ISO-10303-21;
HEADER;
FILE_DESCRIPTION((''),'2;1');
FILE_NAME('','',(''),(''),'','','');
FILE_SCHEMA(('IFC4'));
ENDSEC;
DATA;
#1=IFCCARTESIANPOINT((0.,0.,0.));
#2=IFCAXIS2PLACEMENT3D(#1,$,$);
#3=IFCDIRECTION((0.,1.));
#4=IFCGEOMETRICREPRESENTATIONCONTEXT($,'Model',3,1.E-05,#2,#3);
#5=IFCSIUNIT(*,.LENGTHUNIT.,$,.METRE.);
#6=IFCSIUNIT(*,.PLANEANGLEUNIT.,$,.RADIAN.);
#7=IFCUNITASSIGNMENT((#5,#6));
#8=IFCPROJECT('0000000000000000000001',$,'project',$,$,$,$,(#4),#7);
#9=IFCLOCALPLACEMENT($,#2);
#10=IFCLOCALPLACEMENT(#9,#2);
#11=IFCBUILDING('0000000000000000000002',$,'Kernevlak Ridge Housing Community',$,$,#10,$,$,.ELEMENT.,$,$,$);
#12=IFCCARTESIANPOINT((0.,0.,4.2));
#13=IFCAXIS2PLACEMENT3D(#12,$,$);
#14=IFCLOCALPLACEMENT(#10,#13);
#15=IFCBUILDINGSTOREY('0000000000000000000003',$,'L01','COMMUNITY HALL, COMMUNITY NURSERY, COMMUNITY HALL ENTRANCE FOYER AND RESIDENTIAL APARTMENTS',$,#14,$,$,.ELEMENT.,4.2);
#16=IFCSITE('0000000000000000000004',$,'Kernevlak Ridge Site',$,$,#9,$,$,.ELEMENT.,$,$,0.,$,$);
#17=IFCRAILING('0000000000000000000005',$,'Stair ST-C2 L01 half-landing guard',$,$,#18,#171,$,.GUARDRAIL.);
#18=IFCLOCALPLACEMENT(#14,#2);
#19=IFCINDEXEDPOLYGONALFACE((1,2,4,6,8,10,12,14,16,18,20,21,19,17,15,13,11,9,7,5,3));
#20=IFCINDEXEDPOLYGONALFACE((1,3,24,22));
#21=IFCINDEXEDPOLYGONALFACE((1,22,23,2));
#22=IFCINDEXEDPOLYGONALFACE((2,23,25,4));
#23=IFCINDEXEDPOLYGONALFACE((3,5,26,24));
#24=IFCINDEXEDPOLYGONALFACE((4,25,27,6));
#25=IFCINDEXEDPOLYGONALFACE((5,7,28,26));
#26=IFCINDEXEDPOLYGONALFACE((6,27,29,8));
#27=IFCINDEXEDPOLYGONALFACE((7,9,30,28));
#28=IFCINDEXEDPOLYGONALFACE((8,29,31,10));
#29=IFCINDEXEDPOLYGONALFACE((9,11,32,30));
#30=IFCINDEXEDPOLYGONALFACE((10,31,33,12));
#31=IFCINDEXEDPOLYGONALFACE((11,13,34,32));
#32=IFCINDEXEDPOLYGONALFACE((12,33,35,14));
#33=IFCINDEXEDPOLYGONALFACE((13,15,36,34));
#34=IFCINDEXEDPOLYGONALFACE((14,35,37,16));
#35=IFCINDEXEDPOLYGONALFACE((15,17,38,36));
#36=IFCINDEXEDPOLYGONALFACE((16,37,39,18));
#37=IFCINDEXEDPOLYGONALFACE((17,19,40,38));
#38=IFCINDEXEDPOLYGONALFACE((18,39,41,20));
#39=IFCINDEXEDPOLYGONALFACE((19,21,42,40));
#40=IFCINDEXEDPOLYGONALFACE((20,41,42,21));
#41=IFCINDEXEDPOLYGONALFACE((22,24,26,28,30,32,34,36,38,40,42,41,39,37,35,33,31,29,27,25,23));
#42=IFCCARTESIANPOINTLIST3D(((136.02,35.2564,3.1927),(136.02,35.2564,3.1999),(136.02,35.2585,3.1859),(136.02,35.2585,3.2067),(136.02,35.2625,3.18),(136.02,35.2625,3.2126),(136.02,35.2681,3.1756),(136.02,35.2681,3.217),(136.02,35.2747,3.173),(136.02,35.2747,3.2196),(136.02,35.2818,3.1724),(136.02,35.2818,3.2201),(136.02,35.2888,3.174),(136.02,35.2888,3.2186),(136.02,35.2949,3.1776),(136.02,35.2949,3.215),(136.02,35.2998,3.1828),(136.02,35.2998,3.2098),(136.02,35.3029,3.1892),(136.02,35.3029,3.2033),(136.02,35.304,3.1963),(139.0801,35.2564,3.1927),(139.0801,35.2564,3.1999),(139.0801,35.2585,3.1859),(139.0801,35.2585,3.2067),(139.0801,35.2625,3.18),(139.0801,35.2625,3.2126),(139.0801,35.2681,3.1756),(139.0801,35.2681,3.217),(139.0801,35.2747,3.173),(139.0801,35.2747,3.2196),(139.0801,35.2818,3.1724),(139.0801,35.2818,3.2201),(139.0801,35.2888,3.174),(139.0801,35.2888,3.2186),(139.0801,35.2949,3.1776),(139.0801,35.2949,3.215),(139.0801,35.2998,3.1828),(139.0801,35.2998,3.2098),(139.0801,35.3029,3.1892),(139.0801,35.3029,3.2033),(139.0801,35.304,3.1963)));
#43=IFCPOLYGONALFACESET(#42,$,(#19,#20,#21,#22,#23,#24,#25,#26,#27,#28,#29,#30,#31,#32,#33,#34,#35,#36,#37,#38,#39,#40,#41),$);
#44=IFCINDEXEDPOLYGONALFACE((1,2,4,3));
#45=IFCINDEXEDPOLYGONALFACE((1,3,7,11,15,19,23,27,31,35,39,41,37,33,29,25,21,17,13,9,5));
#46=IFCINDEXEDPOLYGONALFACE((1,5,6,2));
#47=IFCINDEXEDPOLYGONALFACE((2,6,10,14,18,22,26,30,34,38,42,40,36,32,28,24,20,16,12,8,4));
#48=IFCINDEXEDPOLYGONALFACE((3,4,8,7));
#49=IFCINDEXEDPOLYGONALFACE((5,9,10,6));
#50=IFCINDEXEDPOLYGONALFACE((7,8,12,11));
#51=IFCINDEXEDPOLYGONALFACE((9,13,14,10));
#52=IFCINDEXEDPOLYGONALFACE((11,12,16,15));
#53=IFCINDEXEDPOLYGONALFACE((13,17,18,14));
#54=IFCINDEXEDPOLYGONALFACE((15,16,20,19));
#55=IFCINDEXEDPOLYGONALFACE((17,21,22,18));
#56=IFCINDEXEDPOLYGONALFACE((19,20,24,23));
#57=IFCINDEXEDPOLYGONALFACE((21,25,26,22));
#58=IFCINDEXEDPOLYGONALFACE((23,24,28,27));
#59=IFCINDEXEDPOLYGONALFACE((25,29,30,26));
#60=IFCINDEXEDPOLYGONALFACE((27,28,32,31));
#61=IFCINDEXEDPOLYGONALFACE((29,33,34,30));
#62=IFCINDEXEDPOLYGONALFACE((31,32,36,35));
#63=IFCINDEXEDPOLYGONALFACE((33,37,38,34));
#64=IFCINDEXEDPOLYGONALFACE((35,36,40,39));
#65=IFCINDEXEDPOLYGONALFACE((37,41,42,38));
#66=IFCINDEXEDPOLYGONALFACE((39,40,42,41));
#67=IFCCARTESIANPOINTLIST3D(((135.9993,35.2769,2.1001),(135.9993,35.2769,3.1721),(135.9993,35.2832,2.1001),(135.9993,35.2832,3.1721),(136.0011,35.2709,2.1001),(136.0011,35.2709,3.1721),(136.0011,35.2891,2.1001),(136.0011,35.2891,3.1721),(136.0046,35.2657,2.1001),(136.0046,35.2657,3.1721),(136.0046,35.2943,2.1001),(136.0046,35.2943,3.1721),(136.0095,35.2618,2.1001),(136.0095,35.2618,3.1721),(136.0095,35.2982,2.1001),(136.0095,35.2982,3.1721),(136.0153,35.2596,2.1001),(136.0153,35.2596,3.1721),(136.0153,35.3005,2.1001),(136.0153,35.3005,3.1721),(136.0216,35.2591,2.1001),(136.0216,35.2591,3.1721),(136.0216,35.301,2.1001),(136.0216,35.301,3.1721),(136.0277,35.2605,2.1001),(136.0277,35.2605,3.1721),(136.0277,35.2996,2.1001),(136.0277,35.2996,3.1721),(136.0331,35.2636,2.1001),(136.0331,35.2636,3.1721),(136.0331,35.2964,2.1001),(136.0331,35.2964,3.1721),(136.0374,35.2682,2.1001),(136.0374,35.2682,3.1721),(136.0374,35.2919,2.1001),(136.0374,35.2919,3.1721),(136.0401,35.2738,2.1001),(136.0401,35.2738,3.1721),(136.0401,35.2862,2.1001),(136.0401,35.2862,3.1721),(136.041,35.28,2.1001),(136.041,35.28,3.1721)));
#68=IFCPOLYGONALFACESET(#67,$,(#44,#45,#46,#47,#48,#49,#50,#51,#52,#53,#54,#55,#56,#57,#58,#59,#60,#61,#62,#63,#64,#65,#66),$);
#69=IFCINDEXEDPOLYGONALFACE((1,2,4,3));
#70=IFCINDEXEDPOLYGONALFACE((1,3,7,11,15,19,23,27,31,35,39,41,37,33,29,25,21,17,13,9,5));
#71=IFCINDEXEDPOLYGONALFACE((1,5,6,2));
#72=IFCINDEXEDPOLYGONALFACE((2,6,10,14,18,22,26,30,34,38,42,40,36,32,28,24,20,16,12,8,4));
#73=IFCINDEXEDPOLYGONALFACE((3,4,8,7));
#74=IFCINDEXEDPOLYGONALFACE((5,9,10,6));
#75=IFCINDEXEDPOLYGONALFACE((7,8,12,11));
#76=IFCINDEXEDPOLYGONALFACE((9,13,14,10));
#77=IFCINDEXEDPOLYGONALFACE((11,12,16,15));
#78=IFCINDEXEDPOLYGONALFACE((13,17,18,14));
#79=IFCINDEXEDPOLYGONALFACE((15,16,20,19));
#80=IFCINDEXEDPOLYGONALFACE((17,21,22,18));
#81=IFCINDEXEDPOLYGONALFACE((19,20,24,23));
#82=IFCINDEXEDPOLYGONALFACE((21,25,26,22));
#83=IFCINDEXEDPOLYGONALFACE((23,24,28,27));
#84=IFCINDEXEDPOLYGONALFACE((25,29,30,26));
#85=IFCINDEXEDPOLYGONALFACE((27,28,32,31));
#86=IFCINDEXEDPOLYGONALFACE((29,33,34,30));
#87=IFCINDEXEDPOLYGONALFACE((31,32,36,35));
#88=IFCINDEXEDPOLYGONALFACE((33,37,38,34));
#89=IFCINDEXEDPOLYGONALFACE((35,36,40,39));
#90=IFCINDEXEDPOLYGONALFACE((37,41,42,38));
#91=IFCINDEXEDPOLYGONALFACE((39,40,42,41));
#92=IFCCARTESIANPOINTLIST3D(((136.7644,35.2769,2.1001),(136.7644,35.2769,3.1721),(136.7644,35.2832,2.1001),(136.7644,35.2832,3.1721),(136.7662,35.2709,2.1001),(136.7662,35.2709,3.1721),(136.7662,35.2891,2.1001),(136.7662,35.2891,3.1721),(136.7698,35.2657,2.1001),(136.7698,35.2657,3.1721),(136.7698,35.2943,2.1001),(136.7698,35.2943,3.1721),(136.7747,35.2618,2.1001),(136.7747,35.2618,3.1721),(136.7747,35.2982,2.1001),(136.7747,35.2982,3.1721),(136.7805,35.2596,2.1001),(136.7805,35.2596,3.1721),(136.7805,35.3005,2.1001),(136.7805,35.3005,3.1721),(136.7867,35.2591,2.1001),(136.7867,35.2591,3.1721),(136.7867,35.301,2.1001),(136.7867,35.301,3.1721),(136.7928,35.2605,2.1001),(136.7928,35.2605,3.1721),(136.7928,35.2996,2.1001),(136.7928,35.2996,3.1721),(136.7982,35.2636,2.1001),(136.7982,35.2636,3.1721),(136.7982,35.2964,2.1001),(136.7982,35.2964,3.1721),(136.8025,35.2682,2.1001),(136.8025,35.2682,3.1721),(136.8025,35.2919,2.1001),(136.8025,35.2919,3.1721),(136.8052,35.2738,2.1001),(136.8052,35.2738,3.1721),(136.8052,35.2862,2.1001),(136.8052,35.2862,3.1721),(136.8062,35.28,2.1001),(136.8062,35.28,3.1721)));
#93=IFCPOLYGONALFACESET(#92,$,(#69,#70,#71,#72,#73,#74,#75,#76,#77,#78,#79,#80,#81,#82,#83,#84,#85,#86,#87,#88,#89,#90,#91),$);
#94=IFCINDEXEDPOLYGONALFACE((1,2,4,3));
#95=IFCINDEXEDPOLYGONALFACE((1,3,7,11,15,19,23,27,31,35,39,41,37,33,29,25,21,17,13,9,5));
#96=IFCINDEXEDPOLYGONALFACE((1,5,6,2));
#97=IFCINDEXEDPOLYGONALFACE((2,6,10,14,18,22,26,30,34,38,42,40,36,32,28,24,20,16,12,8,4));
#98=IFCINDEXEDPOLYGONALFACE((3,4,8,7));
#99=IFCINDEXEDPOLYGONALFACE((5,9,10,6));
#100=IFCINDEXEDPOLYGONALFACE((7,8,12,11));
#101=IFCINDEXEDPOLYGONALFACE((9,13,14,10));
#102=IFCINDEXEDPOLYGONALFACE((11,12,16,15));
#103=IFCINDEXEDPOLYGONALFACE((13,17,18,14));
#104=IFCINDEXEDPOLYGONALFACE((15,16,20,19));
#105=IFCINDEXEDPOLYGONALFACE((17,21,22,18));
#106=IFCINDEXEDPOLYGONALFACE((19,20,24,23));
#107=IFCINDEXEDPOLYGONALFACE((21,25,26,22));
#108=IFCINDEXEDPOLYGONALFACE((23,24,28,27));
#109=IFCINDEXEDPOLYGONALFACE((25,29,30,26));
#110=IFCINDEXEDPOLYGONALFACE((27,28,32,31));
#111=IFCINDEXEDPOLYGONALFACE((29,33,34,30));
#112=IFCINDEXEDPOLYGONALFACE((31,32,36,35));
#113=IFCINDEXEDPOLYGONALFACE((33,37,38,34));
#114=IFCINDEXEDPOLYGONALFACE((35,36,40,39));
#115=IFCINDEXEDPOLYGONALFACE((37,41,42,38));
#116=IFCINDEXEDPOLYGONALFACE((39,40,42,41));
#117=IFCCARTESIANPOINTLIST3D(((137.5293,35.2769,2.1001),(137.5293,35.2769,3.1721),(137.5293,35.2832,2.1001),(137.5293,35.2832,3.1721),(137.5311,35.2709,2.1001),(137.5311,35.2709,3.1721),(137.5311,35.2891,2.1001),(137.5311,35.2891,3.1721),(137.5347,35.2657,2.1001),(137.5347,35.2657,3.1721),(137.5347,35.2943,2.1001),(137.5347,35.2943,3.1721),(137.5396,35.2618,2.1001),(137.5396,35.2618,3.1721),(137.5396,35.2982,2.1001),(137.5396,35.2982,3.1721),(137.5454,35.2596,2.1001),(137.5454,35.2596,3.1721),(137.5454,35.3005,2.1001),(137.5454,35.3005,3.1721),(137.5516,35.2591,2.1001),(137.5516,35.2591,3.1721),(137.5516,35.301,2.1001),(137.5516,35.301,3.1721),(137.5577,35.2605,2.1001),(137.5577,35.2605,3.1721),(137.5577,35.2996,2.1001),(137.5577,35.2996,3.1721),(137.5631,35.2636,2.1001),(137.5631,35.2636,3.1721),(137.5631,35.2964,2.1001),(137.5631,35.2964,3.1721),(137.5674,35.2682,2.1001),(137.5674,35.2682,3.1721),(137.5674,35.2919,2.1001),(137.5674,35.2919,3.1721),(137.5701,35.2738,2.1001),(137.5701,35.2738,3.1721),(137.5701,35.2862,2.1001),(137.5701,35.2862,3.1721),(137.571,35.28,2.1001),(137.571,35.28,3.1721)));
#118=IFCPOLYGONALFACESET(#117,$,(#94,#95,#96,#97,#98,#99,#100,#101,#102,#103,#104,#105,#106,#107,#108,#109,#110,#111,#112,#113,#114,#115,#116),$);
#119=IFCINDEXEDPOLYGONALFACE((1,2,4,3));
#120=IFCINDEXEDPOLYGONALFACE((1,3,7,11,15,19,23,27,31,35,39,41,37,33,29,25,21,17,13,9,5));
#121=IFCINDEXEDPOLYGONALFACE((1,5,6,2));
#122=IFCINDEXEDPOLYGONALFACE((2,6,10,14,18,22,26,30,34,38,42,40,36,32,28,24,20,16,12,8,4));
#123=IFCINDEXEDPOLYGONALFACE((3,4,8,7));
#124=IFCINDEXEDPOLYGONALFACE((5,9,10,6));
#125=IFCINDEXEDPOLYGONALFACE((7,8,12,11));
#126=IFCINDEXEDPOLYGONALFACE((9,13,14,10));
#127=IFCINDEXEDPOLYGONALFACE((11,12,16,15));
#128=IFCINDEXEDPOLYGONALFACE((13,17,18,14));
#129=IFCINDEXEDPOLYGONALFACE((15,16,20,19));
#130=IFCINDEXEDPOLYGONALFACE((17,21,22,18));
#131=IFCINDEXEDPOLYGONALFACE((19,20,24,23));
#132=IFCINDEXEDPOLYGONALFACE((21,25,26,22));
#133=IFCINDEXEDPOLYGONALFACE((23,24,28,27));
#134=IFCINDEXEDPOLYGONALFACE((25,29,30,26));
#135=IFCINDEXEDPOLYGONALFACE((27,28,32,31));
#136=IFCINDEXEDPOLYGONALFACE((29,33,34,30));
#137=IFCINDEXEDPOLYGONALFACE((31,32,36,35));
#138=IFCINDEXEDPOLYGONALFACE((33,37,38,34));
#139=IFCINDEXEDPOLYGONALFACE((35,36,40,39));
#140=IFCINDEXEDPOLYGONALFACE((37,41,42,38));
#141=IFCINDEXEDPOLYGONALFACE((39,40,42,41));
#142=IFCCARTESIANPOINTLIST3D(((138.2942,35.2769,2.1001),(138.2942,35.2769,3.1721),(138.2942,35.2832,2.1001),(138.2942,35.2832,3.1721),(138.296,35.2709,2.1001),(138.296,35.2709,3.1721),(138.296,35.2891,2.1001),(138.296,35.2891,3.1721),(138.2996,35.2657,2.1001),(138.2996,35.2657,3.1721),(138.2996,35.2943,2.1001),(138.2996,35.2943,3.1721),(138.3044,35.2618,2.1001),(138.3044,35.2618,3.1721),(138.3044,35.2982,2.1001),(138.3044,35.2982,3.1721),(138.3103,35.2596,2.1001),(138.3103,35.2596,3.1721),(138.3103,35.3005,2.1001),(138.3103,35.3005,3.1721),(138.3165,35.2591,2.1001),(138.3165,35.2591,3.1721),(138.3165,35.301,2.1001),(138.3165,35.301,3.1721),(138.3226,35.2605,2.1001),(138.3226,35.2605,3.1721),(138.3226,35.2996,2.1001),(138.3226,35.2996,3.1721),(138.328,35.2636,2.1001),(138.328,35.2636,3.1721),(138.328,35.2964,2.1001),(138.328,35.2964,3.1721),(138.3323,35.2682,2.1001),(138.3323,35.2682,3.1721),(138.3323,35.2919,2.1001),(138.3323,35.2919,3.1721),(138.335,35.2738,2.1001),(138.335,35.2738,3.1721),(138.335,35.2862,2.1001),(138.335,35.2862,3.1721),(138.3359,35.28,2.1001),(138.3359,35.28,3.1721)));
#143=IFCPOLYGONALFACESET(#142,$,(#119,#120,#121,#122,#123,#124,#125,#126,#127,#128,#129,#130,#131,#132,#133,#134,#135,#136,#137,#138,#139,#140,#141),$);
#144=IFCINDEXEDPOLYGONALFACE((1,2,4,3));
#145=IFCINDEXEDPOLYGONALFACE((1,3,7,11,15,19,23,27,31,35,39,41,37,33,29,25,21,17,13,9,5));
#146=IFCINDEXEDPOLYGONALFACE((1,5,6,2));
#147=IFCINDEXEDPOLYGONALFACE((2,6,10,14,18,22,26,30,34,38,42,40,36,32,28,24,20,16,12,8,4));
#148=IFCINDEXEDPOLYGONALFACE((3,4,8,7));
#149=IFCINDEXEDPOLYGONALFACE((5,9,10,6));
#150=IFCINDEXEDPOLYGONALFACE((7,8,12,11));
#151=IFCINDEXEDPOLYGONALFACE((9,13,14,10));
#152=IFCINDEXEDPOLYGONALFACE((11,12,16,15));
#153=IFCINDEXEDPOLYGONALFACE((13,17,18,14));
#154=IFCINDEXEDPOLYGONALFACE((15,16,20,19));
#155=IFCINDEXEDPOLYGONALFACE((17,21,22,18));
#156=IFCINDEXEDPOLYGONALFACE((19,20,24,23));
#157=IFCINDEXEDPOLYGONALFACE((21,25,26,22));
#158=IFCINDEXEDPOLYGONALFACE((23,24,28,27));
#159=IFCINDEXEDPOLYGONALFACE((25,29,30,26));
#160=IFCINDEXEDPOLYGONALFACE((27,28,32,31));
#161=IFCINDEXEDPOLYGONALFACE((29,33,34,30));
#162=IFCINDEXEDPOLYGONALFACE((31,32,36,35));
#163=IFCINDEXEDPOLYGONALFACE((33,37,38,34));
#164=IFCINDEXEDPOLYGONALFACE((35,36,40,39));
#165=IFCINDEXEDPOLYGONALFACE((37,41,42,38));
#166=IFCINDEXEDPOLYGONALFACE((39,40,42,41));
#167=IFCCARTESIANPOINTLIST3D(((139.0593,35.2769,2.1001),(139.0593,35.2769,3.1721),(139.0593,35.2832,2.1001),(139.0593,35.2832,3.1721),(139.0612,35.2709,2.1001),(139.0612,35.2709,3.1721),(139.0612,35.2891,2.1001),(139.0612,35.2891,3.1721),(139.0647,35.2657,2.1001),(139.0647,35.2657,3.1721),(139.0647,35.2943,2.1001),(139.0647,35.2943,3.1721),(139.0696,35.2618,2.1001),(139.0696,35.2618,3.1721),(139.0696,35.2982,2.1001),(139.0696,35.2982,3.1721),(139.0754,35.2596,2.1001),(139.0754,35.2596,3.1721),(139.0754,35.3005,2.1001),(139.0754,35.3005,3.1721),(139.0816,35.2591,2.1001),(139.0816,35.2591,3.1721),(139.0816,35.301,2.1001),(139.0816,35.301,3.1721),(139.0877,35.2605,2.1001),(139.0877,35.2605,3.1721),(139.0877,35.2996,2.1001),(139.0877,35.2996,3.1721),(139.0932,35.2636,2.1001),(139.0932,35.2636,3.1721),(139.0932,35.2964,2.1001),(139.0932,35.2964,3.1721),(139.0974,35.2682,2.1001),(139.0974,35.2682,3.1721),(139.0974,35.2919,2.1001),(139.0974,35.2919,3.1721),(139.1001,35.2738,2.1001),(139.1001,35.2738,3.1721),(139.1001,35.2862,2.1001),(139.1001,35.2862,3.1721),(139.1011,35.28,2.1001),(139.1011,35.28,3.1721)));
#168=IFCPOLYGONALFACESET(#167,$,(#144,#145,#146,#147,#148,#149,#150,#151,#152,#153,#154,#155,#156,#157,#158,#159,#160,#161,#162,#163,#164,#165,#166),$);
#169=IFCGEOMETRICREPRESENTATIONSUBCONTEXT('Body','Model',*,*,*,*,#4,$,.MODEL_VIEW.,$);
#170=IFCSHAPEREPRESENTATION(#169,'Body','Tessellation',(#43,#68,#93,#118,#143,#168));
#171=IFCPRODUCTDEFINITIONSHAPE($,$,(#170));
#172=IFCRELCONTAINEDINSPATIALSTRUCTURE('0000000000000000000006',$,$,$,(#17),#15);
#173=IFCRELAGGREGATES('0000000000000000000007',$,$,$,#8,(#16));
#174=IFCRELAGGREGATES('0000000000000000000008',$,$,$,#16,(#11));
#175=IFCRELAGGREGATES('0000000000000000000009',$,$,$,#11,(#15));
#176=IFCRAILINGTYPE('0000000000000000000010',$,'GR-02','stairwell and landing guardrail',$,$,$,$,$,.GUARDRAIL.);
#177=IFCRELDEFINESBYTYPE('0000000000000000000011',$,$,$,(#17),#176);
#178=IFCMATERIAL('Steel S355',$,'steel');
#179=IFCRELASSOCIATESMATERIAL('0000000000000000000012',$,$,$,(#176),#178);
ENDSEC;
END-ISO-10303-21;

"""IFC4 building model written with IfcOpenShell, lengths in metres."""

from ifc_helpers import new_model, si_unit, direction, frame, origin, origin_2d, place, context, subcontext, project, spatial, circle, extrude, material, type_object, element, save


model = new_model("IFC4")

# Units and contexts
model_context = context("Model", 3, precision=1e-05, world=origin(), true_north=direction((0.0, 1.0)))
body_context = subcontext(model_context, "Body", "Model", "MODEL_VIEW")
ifc_project = project(units=[si_unit("LENGTHUNIT", "METRE"), si_unit("PLANEANGLEUNIT", "RADIAN")], contexts=[model_context])

# Site, building, storey
site_placement = place(None, origin())
site = spatial("IfcSite", under=ifc_project, at=site_placement, Name="Kernevlak Ridge Site", CompositionType="ELEMENT", RefElevation=0.0)
building_placement = place(site_placement, origin())
building = spatial("IfcBuilding", under=site, at=building_placement, Name="Kernevlak Ridge Housing Community", CompositionType="ELEMENT")
storey_placement = place(building_placement, frame((0.0, 0.0, 4.2)))
storey = spatial("IfcBuildingStorey", under=building, at=storey_placement, Name="L01", Description="COMMUNITY HALL, COMMUNITY NURSERY, COMMUNITY HALL ENTRANCE FOYER AND RESIDENTIAL APARTMENTS", CompositionType="ELEMENT", Elevation=4.2)

# Railing
ifc_material_1 = material(Name="Steel S355", Category="steel")
railing_type_1 = type_object("IfcRailingType", Name="GR-02", Description="stairwell and landing guardrail", PredefinedType="GUARDRAIL", material=ifc_material_1)
railing_1_placement = place(storey_placement, frame((136.02, 35.28, 2.1001)))
element("IfcRailing", 1, at=railing_1_placement, inside=storey, type_object=railing_type_1, Name="Stair ST-C2 L01 half-landing guard", PredefinedType="GUARDRAIL", context=body_context, shape_type="SweptSolid", body=[
    extrude(circle(Radius=0.0239, at=origin_2d()), frame((0.0, 0.0, 1.0962), z_axis=(1.0, 0.0, 0.0), x_axis=(0.0, 1.0, 0.0)), (0.0, 0.0, 1.0), 3.0601),
    extrude(circle(Radius=0.021, at=origin_2d()), origin(), (0.0, 0.0, 1.0), 1.072),
    extrude(circle(Radius=0.021, at=origin_2d()), frame((0.7651, 0.0, 0.0)), (0.0, 0.0, 1.0), 1.072),
    extrude(circle(Radius=0.021, at=origin_2d()), frame((1.53, 0.0, 0.0)), (0.0, 0.0, 1.0), 1.072),
    extrude(circle(Radius=0.021, at=origin_2d()), frame((2.2949, 0.0, 0.0)), (0.0, 0.0, 1.0), 1.072),
    extrude(circle(Radius=0.021, at=origin_2d()), frame((3.0601, 0.0, 0.0)), (0.0, 0.0, 1.0), 1.072),
])

save(model, "model.ifc")
